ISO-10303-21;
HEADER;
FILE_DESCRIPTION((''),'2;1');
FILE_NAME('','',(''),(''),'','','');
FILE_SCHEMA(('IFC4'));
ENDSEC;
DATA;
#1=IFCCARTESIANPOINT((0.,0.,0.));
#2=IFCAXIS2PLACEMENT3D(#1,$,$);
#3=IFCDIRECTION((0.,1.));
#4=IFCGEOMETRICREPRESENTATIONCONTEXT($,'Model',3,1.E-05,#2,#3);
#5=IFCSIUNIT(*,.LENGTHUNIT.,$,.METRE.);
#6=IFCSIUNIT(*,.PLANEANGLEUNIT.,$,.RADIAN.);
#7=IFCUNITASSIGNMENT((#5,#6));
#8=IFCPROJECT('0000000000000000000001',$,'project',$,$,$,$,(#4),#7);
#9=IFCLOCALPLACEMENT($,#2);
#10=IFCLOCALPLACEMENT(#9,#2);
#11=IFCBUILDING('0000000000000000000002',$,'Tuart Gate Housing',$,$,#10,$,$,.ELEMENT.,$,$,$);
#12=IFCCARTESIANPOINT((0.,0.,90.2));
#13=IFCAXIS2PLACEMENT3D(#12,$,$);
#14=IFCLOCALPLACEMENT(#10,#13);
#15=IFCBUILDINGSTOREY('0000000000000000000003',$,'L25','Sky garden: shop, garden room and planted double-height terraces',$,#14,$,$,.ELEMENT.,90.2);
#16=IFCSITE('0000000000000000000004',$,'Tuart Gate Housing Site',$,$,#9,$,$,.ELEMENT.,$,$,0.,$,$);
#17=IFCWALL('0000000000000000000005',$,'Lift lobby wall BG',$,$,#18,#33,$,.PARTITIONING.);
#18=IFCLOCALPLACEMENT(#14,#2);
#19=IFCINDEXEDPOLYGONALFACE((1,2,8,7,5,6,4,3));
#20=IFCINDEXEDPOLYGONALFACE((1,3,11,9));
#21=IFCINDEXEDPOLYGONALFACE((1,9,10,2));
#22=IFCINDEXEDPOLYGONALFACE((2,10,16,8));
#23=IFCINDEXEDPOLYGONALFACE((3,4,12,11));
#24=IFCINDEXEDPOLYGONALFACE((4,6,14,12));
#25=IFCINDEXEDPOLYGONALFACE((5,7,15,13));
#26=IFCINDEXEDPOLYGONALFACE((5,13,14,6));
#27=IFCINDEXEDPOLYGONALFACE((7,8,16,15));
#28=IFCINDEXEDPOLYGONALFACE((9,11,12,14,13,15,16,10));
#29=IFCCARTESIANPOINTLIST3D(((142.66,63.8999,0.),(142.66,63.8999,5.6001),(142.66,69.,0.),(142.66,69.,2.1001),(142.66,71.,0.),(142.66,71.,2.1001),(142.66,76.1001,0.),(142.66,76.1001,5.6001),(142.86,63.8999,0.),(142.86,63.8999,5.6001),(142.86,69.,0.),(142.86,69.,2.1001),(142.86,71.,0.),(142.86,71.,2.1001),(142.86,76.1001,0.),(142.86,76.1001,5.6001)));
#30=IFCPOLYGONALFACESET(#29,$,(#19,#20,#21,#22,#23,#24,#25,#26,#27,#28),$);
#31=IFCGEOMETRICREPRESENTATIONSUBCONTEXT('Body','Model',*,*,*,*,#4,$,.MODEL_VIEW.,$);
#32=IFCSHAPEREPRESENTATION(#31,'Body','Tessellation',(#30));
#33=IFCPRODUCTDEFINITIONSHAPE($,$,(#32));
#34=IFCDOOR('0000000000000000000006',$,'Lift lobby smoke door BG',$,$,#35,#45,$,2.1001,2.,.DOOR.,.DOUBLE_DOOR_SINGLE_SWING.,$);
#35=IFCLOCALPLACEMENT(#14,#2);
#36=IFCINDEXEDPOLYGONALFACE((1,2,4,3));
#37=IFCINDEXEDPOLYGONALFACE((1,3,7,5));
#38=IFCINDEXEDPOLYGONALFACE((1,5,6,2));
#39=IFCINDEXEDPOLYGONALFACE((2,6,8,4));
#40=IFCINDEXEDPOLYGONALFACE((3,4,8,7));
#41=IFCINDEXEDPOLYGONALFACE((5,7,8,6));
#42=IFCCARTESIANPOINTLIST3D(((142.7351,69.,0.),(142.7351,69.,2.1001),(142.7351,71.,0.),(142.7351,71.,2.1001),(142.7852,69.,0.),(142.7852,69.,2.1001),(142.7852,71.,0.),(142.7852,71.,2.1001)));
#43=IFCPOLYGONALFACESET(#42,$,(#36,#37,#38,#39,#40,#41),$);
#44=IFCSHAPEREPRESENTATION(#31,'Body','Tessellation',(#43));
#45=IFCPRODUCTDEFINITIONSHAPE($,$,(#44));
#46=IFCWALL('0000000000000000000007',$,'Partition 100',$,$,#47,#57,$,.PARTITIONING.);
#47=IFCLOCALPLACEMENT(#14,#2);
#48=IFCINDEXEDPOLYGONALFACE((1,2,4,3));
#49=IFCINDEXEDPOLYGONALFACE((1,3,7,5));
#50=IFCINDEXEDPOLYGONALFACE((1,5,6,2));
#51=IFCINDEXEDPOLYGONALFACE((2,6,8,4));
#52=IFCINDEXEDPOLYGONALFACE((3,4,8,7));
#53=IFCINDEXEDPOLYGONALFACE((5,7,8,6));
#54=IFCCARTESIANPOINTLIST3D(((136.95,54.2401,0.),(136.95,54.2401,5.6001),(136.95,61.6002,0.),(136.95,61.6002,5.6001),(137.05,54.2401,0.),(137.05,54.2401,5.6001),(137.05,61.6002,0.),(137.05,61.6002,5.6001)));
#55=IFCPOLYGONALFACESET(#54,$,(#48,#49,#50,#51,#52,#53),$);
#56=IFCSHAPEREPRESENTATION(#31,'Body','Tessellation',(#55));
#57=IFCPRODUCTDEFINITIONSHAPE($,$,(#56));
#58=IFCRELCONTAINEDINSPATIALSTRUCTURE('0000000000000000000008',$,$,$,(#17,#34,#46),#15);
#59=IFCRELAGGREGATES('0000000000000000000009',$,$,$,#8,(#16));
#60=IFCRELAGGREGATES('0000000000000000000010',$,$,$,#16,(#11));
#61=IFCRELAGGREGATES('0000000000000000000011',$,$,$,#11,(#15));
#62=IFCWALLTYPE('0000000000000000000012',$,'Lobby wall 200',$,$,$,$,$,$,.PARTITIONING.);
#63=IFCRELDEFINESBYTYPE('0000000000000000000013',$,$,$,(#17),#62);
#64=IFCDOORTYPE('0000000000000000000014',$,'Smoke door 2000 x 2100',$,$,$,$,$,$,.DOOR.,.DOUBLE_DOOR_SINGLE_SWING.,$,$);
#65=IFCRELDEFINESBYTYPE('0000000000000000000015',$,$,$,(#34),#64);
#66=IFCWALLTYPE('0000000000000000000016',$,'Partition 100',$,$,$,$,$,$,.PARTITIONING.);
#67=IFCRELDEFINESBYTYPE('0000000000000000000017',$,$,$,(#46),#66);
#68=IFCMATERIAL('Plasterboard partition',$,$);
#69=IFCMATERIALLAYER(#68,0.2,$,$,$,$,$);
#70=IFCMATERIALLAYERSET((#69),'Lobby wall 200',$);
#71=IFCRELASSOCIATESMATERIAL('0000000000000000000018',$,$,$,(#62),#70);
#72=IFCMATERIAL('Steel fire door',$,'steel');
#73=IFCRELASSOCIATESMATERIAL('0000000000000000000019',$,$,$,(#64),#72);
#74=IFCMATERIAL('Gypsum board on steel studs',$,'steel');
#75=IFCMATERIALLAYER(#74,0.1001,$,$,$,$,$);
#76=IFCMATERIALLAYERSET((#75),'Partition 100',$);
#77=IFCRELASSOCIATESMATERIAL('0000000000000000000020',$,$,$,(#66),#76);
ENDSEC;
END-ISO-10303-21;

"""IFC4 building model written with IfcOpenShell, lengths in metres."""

from ifc_helpers import new_model, si_unit, direction, frame, frame_2d, origin, place, context, subcontext, project, spatial, rectangle, extrude, material, layer, layer_set, type_object, element, fill, save


model = new_model("IFC4")

# Units and contexts
model_context = context("Model", 3, precision=1e-05, world=origin(), true_north=direction((0.0, 1.0)))
body_context = subcontext(model_context, "Body", "Model", "MODEL_VIEW")
ifc_project = project(units=[si_unit("LENGTHUNIT", "METRE"), si_unit("PLANEANGLEUNIT", "RADIAN")], contexts=[model_context])

# Site, building, storey
site_placement = place(None, origin())
site = spatial("IfcSite", under=ifc_project, at=site_placement, Name="Tuart Gate Housing Site", CompositionType="ELEMENT", RefElevation=0.0)
building_placement = place(site_placement, origin())
building = spatial("IfcBuilding", under=site, at=building_placement, Name="Tuart Gate Housing", CompositionType="ELEMENT")
storey_placement = place(building_placement, frame((0.0, 0.0, 90.2)))
storey = spatial("IfcBuildingStorey", under=building, at=storey_placement, Name="L25", Description="Sky garden: shop, garden room and planted double-height terraces", CompositionType="ELEMENT", Elevation=90.2)

# Wall, opening, door
ifc_material_1 = material(Name="Plasterboard partition")
ifc_layer_1 = layer(ifc_material_1, 0.2)
ifc_layer_set_1 = layer_set([ifc_layer_1], Name="Lobby wall 200")
wall_type_1 = type_object("IfcWallType", Name="Lobby wall 200", PredefinedType="PARTITIONING", material=ifc_layer_set_1)
wall_1_placement = place(storey_placement, frame((142.76, 63.8999, 0.0), z_axis=(0.0, 0.0, 1.0), x_axis=(0.0, 1.0, 0.0)))
wall_1 = element("IfcWall", 1, at=wall_1_placement, inside=storey, type_object=wall_type_1, Name="Lift lobby wall BG", PredefinedType="PARTITIONING", context=body_context, shape_type="SweptSolid", body=[
    extrude(rectangle(XDim=12.2002, YDim=0.2, at=frame_2d((6.1001, 0.0))), origin(), (0.0, 0.0, 1.0), 5.6001),
])
opening_1_placement = place(wall_1_placement, frame((5.1001, 0.0, 0.0)))
opening_1 = element("IfcOpeningElement", 2, at=opening_1_placement, cuts=wall_1, PredefinedType="OPENING", context=body_context, shape_type="SweptSolid", body=[
    extrude(rectangle(XDim=2.0, YDim=2.1001, at=frame_2d((1.0, 1.05))), frame((0.0, 0.1099, 0.0), z_axis=(0.0, -1.0, 0.0), x_axis=(1.0, 0.0, 0.0)), (0.0, 0.0, 1.0), 0.22),
])
ifc_material_2 = material(Name="Steel fire door", Category="steel")
door_type_1 = type_object("IfcDoorType", Name="Smoke door 2000 x 2100", OperationType="DOUBLE_DOOR_SINGLE_SWING", PredefinedType="DOOR", material=ifc_material_2)
door_1_placement = place(opening_1_placement, frame((2.0, 0.0, 0.0), z_axis=(0.0, 0.0, 1.0), x_axis=(-1.0, 0.0, 0.0)))
door_1 = element("IfcDoor", 3, at=door_1_placement, inside=storey, type_object=door_type_1, Name="Lift lobby smoke door BG", OperationType="DOUBLE_DOOR_SINGLE_SWING", OverallHeight=2.1001, OverallWidth=2.0, PredefinedType="DOOR", context=body_context, shape_type="SweptSolid", body=[
    extrude(rectangle(XDim=2.0, YDim=2.1001, at=frame_2d((1.0, 1.05))), frame((0.0, 0.0251, 0.0), z_axis=(0.0, -1.0, 0.0), x_axis=(1.0, 0.0, 0.0)), (0.0, 0.0, 1.0), 0.05),
])
fill(opening_1, door_1)

# Wall
ifc_material_3 = material(Name="Gypsum board on steel studs", Category="steel")
ifc_layer_2 = layer(ifc_material_3, 0.1001)
ifc_layer_set_2 = layer_set([ifc_layer_2], Name="Partition 100")
wall_type_2 = type_object("IfcWallType", Name="Partition 100", PredefinedType="PARTITIONING", material=ifc_layer_set_2)
wall_2_placement = place(storey_placement, frame((137.0, 54.24, 0.0), z_axis=(0.0, 0.0, 1.0), x_axis=(0.0, 1.0, 0.0)))
element("IfcWall", 4, at=wall_2_placement, inside=storey, type_object=wall_type_2, Name="Partition 100", PredefinedType="PARTITIONING", context=body_context, shape_type="SweptSolid", body=[
    extrude(rectangle(XDim=7.3601, YDim=0.1001, at=frame_2d((3.6802, 0.0))), origin(), (0.0, 0.0, 1.0), 5.6001),
])

save(model, "model.ifc")
